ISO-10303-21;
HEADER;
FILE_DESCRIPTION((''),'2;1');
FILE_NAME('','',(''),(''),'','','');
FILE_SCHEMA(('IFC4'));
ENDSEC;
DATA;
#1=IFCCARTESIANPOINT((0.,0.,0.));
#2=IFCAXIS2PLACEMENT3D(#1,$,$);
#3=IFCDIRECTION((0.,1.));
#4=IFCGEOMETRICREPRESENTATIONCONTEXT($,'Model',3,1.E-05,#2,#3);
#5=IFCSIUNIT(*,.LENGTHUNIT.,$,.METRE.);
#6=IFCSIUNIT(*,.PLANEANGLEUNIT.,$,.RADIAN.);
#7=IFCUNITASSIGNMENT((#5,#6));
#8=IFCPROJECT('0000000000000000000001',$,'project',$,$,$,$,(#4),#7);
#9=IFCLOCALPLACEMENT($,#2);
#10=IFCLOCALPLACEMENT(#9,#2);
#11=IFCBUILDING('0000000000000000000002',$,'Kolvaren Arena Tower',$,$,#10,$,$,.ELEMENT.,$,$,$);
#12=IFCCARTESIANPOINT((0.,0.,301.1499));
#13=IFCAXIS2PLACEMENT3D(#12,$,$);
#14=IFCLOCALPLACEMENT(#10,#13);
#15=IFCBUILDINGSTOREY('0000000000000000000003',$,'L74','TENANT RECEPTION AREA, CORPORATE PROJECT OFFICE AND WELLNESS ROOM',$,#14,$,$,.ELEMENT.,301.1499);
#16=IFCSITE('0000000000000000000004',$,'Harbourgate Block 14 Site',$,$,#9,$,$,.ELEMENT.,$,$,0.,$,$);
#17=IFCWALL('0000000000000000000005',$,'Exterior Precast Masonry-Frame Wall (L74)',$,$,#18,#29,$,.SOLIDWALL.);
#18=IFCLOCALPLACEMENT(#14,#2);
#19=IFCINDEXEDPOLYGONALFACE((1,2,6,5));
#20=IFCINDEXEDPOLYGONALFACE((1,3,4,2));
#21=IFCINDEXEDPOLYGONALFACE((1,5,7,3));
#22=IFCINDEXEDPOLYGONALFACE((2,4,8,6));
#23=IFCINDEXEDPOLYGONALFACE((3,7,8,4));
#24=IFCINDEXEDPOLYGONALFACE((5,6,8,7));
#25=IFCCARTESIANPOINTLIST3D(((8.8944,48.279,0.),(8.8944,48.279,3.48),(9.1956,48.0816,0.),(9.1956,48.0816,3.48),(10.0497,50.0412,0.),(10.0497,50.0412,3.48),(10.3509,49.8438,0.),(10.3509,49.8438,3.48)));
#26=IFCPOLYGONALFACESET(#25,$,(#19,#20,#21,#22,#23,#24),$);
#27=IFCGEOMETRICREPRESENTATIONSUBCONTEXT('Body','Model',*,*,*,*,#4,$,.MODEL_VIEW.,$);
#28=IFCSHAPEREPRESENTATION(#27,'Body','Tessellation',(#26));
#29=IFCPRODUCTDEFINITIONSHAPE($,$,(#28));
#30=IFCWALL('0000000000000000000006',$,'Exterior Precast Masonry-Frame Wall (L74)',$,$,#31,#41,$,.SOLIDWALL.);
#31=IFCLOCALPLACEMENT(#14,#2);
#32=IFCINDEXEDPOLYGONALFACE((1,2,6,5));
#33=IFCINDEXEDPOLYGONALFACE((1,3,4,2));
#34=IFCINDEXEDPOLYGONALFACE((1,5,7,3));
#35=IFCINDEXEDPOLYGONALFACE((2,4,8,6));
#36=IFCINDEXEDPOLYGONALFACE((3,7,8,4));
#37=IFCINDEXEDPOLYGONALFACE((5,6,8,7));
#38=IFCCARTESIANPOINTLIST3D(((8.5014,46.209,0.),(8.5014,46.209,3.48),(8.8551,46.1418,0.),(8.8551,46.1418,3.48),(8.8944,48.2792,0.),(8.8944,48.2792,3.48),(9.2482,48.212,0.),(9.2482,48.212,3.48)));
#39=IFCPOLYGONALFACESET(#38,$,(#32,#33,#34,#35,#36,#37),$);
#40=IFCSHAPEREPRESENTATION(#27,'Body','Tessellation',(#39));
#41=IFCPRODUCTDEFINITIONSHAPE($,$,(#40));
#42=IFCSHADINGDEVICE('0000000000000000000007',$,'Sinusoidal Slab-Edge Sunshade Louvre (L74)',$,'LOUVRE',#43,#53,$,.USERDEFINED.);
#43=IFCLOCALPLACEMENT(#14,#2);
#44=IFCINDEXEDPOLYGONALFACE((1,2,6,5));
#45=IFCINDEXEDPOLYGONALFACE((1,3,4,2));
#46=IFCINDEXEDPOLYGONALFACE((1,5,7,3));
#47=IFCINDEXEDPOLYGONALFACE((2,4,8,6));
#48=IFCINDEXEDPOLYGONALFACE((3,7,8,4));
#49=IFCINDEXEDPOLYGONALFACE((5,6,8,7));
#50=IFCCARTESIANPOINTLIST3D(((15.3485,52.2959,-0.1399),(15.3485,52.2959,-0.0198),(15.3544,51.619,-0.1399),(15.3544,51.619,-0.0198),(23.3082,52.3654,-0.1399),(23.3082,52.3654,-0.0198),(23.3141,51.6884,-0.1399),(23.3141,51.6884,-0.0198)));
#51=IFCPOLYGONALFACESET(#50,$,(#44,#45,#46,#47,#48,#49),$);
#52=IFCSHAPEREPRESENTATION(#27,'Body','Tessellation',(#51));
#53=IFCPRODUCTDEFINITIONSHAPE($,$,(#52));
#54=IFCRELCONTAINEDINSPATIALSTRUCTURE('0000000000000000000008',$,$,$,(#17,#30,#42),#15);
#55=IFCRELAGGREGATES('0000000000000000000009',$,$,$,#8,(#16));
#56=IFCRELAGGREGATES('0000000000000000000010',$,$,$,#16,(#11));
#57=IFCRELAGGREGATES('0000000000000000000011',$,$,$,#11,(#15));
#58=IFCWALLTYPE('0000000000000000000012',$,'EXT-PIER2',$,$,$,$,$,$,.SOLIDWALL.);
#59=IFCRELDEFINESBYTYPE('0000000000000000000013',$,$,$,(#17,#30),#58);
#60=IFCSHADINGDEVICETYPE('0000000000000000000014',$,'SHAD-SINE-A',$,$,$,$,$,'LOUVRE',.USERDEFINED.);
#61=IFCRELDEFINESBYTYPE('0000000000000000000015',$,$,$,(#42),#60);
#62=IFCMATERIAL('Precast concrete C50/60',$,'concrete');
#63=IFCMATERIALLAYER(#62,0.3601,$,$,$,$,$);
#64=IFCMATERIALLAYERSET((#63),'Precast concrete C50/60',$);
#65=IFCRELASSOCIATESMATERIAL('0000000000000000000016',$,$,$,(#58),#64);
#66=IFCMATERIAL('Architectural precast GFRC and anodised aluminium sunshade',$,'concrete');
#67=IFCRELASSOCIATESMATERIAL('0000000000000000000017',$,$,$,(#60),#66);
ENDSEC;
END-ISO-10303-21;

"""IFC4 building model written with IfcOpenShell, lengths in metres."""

from ifc_helpers import new_model, si_unit, direction, frame, frame_2d, origin, origin_2d, place, context, subcontext, project, spatial, rectangle, extrude, material, layer, layer_set, type_object, element, save


model = new_model("IFC4")

# Units and contexts
model_context = context("Model", 3, precision=1e-05, world=origin(), true_north=direction((0.0, 1.0)))
body_context = subcontext(model_context, "Body", "Model", "MODEL_VIEW")
ifc_project = project(units=[si_unit("LENGTHUNIT", "METRE"), si_unit("PLANEANGLEUNIT", "RADIAN")], contexts=[model_context])

# Site, building, storey
site_placement = place(None, origin())
site = spatial("IfcSite", under=ifc_project, at=site_placement, Name="Harbourgate Block 14 Site", CompositionType="ELEMENT", RefElevation=0.0)
building_placement = place(site_placement, origin())
building = spatial("IfcBuilding", under=site, at=building_placement, Name="Kolvaren Arena Tower", CompositionType="ELEMENT")
storey_placement = place(building_placement, frame((0.0, 0.0, 301.1499)))
storey = spatial("IfcBuildingStorey", under=building, at=storey_placement, Name="L74", Description="TENANT RECEPTION AREA, CORPORATE PROJECT OFFICE AND WELLNESS ROOM", CompositionType="ELEMENT", Elevation=301.1499)

# Shared definitions
ifc_material_1 = material(Name="Precast concrete C50/60", Category="concrete")

# Shared definitions
ifc_layer = layer(ifc_material_1, 0.3601)
ifc_layer_set = layer_set([ifc_layer], Name="Precast concrete C50/60")
wall_type = type_object("IfcWallType", Name="EXT-PIER2", PredefinedType="SOLIDWALL", material=ifc_layer_set)

# Walls
for number, where, z_axis, x_axis, name in (
    (1, (9.0449, 48.1802, 0.0), (0.0, 0.0, 1.0), (0.548267, 0.836304, 0.0), "Exterior Precast Masonry-Frame Wall (L74)"),
    (2, (8.6782, 46.1753, 0.0), (0.0, 0.0, 1.0), (0.186548, 0.982446, 0.0), "Exterior Precast Masonry-Frame Wall (L74)"),
):
    element("IfcWall", number, at=place(storey_placement, frame(where, z_axis=z_axis, x_axis=x_axis)), inside=storey, type_object=wall_type, Name=name, PredefinedType="SOLIDWALL", context=body_context, shape_type="SweptSolid", body=[
        extrude(rectangle(XDim=2.1072, YDim=0.3601, at=frame_2d((1.0537, 0.0))), origin(), (0.0, 0.0, 1.0), 3.48),
    ])

# Shading device
ifc_material_2 = material(Name="Architectural precast GFRC and anodised aluminium sunshade", Category="concrete")
shading_device_type = type_object("IfcShadingDeviceType", Name="SHAD-SINE-A", ElementType="LOUVRE", PredefinedType="USERDEFINED", material=ifc_material_2)
shading_device_placement = place(storey_placement, frame((19.3313, 51.9922, -0.1399), z_axis=(0.0, 0.0, 1.0), x_axis=(0.999962, 0.008727, 0.0)))
element("IfcShadingDevice", 3, at=shading_device_placement, inside=storey, type_object=shading_device_type, Name="Sinusoidal Slab-Edge Sunshade Louvre (L74)", ObjectType="LOUVRE", PredefinedType="USERDEFINED", context=body_context, shape_type="SweptSolid", body=[
    extrude(rectangle(XDim=7.96, YDim=0.677, at=origin_2d()), origin(), (0.0, 0.0, 1.0), 0.1201),
])

save(model, "model.ifc")
